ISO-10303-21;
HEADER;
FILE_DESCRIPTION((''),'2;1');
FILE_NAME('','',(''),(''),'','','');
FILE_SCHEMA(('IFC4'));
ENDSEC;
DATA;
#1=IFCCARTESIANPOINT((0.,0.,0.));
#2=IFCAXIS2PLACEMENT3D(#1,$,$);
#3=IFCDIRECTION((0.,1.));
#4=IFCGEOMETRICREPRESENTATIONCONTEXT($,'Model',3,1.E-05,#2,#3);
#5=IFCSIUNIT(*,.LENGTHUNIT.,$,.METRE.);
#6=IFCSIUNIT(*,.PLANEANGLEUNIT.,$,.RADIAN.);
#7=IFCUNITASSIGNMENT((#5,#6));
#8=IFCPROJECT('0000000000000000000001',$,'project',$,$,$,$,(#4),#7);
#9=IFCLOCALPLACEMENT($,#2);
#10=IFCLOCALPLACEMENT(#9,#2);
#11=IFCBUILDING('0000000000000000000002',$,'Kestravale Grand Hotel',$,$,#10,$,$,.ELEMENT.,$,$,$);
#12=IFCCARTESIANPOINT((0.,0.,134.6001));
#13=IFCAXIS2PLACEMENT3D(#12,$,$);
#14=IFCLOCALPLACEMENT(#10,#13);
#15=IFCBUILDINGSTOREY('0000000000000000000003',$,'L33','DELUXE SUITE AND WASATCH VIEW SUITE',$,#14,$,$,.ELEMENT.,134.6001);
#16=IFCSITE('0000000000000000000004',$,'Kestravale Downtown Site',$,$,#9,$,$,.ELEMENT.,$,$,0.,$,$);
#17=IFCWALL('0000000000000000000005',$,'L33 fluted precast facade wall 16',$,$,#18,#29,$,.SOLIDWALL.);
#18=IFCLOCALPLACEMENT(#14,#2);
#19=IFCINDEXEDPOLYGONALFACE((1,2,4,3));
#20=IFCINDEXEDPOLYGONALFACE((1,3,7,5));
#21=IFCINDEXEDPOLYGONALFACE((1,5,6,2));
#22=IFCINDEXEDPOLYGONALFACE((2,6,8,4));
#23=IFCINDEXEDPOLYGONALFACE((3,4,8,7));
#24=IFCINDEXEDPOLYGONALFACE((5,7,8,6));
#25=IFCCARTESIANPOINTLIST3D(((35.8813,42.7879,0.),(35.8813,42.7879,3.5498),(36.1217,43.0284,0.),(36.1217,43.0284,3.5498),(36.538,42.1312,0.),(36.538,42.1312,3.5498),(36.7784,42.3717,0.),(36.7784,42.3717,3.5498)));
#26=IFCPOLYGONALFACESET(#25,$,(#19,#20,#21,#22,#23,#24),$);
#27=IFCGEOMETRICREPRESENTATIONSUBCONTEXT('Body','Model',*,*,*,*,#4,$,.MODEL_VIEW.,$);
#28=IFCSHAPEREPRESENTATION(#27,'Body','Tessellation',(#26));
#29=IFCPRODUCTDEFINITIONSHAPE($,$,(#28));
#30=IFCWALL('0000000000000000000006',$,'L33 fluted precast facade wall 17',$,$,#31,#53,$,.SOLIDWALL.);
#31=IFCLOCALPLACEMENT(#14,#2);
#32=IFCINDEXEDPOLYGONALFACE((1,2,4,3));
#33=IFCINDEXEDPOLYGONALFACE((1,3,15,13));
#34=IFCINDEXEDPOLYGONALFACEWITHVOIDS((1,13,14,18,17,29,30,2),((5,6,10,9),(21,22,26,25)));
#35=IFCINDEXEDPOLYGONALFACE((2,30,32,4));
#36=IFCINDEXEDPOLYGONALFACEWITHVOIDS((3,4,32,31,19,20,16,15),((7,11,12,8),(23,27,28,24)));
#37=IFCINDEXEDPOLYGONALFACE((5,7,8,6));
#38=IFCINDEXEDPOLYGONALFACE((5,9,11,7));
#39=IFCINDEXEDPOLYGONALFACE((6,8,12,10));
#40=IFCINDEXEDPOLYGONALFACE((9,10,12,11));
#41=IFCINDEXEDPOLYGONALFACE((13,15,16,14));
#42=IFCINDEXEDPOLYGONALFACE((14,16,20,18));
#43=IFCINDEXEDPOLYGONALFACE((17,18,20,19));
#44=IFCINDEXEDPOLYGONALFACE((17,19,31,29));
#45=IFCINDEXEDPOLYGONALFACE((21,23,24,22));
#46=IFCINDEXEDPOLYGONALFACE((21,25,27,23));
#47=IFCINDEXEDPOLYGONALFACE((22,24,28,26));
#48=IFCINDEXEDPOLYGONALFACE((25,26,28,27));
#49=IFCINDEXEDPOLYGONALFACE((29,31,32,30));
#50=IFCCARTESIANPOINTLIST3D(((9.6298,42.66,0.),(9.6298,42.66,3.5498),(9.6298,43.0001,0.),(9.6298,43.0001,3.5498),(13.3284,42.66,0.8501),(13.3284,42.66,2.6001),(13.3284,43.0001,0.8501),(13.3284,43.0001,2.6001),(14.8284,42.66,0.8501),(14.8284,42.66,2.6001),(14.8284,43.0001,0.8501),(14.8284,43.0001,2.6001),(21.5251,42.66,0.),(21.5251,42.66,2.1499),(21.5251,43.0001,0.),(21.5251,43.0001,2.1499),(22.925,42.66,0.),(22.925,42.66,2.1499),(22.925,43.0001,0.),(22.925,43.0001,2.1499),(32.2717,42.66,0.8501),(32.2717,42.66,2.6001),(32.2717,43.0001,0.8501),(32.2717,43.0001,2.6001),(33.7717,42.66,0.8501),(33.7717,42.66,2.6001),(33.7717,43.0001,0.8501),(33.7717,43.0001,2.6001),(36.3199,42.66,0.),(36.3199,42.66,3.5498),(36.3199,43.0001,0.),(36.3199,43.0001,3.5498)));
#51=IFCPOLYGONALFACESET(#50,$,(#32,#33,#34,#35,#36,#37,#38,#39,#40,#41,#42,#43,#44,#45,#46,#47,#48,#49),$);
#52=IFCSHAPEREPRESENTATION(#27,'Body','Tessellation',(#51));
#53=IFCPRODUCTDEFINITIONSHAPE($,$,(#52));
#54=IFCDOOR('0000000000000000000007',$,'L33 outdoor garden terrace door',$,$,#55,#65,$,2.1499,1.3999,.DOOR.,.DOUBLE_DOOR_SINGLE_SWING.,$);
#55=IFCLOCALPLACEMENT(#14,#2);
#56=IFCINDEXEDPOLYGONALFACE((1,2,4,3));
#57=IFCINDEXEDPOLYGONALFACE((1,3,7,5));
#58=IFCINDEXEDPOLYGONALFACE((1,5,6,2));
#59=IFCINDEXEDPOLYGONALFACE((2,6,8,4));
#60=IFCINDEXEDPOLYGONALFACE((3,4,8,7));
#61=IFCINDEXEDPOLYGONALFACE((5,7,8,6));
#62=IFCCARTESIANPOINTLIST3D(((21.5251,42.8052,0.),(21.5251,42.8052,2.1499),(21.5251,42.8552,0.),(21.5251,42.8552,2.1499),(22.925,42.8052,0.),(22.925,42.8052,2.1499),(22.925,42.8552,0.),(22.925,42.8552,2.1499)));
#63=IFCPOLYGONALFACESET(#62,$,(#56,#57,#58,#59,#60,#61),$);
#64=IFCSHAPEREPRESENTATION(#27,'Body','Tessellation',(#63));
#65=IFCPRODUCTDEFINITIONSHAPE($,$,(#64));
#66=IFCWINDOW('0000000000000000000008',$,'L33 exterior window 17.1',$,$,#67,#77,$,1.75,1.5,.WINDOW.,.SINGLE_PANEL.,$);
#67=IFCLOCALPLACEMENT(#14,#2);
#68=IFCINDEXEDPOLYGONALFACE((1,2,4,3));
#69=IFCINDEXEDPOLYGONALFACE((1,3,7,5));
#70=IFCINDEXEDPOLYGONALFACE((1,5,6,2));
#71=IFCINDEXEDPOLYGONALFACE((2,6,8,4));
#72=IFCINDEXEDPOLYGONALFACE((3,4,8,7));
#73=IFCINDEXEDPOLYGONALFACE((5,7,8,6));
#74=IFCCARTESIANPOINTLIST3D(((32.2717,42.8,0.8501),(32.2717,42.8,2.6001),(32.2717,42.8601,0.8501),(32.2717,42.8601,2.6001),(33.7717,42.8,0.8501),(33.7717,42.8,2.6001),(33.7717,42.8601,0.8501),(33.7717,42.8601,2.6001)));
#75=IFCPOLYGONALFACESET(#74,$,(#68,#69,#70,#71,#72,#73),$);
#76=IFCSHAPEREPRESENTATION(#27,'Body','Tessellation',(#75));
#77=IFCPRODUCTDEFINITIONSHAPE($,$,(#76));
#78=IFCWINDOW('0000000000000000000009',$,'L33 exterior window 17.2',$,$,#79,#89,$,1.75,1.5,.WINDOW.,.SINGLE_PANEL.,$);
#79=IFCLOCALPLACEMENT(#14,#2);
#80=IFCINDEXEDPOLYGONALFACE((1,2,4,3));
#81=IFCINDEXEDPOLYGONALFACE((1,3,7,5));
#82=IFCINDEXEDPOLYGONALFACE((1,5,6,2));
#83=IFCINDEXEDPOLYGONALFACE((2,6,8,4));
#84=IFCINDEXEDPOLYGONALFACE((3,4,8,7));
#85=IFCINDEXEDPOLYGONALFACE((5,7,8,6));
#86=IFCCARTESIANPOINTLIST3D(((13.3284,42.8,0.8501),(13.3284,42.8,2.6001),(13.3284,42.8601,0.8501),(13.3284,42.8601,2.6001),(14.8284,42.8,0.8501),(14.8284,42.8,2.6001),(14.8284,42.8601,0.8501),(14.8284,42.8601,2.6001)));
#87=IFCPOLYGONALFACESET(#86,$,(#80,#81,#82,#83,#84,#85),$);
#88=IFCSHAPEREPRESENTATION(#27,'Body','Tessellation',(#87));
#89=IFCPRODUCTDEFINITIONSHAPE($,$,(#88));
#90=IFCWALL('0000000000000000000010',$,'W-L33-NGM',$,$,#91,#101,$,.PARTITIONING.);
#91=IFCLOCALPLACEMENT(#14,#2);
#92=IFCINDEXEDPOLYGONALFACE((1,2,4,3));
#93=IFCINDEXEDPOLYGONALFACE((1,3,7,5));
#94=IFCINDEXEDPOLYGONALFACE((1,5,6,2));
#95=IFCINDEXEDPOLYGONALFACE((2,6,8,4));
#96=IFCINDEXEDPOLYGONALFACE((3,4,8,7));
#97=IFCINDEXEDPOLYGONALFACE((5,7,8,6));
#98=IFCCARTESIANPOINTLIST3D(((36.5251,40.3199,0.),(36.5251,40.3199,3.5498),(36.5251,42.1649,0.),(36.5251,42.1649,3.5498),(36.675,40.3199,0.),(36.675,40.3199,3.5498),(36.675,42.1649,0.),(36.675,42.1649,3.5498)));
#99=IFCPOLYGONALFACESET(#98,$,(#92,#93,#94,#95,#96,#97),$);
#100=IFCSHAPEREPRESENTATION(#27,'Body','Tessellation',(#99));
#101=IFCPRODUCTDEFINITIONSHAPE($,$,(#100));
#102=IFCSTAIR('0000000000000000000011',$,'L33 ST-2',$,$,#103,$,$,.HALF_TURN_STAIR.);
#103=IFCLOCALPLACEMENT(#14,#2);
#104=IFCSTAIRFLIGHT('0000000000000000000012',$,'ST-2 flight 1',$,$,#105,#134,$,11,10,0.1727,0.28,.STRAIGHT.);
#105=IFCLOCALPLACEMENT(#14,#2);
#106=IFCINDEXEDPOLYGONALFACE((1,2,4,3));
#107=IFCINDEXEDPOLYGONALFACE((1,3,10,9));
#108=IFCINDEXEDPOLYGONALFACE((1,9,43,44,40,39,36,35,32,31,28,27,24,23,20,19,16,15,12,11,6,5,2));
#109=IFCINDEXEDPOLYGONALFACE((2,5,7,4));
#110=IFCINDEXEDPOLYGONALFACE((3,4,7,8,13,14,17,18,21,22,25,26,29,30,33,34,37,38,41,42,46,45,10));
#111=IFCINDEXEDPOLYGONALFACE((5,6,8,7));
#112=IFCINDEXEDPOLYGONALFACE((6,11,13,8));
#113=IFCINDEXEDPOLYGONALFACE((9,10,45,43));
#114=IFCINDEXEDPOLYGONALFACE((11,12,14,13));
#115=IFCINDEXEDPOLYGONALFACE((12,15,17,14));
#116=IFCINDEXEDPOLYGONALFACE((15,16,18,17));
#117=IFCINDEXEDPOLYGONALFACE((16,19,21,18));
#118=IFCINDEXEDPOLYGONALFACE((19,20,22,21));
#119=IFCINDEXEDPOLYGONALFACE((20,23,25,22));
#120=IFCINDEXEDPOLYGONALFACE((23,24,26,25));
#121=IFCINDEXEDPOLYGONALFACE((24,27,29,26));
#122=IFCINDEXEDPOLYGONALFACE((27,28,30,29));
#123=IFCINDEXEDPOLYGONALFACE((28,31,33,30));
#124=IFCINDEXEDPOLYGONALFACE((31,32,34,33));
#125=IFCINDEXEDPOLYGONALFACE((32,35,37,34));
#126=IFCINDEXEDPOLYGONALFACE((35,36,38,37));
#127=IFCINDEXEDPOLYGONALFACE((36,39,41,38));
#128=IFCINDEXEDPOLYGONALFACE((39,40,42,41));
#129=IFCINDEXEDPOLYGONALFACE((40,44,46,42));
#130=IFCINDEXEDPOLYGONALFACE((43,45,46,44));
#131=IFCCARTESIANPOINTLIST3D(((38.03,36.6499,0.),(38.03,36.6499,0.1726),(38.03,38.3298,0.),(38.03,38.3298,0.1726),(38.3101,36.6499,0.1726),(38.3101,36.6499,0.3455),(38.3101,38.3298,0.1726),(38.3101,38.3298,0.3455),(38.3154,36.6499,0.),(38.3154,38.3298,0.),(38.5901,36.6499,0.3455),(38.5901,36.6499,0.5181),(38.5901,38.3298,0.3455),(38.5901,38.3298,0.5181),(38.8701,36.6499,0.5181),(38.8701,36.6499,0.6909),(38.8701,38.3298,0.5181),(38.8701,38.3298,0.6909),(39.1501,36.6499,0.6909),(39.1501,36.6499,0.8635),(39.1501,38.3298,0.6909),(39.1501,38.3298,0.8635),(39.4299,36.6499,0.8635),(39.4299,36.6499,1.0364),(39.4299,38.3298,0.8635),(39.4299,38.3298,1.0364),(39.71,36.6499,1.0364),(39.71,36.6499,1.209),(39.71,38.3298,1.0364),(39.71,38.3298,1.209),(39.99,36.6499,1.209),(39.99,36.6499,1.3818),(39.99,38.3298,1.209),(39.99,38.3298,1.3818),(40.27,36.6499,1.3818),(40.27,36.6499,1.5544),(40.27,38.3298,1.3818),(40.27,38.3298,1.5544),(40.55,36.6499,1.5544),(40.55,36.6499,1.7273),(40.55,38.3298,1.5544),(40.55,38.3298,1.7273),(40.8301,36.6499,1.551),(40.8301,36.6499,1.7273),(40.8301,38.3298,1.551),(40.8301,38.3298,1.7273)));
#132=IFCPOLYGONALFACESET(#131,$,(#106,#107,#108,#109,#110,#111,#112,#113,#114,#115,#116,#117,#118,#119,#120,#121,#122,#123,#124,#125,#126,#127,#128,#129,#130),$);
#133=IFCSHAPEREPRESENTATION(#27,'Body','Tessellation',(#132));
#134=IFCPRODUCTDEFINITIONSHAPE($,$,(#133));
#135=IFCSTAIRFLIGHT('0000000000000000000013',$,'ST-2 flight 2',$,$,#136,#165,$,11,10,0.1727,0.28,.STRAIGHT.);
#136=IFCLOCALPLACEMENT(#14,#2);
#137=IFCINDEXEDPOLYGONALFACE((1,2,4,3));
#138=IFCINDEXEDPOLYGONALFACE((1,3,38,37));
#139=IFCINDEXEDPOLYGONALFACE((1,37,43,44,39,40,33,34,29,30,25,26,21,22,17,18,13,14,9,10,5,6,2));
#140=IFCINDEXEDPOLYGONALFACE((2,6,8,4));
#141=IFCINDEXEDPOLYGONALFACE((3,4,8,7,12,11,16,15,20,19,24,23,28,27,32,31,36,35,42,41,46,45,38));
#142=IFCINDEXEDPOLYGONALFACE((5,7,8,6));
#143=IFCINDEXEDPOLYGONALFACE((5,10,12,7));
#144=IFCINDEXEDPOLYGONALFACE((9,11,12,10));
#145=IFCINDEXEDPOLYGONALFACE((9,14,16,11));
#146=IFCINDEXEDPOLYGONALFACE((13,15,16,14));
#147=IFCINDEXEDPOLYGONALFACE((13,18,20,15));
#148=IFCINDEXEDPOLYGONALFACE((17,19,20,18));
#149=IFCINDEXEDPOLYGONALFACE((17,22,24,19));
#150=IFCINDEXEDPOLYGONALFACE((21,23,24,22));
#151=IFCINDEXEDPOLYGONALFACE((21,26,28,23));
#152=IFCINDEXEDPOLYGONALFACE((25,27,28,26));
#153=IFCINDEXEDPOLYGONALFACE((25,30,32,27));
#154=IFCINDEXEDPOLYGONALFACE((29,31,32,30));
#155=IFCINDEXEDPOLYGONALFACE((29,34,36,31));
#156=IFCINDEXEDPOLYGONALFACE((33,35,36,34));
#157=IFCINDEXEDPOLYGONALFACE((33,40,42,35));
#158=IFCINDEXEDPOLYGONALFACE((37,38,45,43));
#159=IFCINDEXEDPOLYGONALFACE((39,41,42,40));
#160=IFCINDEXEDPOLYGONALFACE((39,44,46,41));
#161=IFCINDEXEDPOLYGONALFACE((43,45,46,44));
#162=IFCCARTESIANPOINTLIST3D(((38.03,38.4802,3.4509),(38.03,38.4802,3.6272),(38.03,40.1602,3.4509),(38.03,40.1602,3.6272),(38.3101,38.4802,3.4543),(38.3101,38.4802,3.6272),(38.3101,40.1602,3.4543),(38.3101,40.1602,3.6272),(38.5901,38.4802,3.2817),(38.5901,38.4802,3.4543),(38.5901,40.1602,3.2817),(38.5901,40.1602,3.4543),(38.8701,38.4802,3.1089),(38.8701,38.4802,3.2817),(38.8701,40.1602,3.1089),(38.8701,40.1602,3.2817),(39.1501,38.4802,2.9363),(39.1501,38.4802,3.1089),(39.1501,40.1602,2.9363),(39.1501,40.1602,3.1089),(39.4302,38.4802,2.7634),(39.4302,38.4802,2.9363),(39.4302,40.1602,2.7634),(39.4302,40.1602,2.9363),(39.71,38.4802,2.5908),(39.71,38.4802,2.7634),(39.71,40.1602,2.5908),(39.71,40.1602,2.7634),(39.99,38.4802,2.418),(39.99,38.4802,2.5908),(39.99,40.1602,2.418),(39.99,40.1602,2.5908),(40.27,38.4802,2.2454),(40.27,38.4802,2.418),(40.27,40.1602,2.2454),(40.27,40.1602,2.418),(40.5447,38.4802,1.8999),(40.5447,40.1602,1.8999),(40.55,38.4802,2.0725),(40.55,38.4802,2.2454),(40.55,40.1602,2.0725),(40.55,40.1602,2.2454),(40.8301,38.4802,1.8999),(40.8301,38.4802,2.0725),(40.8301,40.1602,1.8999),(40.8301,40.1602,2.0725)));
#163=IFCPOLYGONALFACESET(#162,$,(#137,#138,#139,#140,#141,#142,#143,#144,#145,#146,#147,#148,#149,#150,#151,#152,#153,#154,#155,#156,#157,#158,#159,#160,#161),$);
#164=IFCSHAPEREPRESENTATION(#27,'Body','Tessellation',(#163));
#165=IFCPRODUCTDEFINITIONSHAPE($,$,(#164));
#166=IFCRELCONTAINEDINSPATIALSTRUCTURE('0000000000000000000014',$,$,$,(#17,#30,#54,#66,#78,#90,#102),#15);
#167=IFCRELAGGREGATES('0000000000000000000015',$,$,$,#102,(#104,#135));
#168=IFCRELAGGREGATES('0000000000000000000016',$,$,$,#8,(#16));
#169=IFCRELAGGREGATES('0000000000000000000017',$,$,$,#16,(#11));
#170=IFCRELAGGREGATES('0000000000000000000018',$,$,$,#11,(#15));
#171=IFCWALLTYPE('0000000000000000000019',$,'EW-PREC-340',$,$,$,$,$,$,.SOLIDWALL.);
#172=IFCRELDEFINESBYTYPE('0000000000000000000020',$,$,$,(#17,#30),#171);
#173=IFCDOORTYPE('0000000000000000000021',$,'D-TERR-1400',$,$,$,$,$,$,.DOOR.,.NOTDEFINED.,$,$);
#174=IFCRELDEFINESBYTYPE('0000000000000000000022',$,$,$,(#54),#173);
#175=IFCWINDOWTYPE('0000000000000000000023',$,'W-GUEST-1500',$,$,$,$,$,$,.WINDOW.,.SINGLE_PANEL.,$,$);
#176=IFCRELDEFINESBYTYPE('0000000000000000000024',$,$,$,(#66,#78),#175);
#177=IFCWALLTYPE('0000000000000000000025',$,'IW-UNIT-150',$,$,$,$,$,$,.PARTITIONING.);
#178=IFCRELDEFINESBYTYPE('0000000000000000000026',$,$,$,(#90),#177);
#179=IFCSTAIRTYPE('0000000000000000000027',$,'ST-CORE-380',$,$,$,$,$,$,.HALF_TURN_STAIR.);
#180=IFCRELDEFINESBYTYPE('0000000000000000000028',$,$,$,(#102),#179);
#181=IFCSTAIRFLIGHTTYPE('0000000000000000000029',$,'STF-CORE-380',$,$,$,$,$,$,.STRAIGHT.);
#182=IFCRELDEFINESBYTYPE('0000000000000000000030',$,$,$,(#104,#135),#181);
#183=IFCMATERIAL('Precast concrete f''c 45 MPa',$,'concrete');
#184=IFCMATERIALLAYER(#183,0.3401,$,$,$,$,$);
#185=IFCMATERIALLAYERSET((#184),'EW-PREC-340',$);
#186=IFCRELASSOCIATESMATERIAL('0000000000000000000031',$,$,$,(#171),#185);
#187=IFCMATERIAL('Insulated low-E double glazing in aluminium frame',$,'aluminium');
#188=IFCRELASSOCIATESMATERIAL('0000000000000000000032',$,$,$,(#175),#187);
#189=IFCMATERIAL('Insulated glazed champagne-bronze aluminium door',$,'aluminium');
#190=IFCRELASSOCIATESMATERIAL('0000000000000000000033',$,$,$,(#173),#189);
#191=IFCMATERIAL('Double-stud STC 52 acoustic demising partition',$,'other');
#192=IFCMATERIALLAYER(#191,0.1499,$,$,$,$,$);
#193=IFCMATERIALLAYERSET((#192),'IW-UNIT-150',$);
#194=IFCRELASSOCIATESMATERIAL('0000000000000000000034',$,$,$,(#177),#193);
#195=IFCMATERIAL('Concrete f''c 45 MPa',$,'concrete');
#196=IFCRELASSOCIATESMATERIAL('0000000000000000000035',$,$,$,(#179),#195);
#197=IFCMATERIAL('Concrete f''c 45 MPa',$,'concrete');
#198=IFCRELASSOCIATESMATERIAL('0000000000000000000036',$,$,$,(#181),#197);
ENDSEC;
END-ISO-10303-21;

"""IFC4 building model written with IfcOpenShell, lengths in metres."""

from ifc_helpers import new_model, si_unit, direction, frame, frame_2d, origin, place, context, subcontext, project, spatial, polyline, rectangle, outline, extrude, material, layer, layer_set, type_object, element, fill, aggregate, save


model = new_model("IFC4")

# Units and contexts
model_context = context("Model", 3, precision=1e-05, world=origin(), true_north=direction((0.0, 1.0)))
body_context = subcontext(model_context, "Body", "Model", "MODEL_VIEW")
ifc_project = project(units=[si_unit("LENGTHUNIT", "METRE"), si_unit("PLANEANGLEUNIT", "RADIAN")], contexts=[model_context])

# Site, building, storey
site_placement = place(None, origin())
site = spatial("IfcSite", under=ifc_project, at=site_placement, Name="Kestravale Downtown Site", CompositionType="ELEMENT", RefElevation=0.0)
building_placement = place(site_placement, origin())
building = spatial("IfcBuilding", under=site, at=building_placement, Name="Kestravale Grand Hotel", CompositionType="ELEMENT")
storey_placement = place(building_placement, frame((0.0, 0.0, 134.6001)))
storey = spatial("IfcBuildingStorey", under=building, at=storey_placement, Name="L33", Description="DELUXE SUITE AND WASATCH VIEW SUITE", CompositionType="ELEMENT", Elevation=134.6001)

# Shared definitions
ifc_material_1 = material(Name="Precast concrete f'c 45 MPa", Category="concrete")
ifc_layer_1 = layer(ifc_material_1, 0.3401)
ifc_layer_set_1 = layer_set([ifc_layer_1], Name="EW-PREC-340")
wall_type_1 = type_object("IfcWallType", Name="EW-PREC-340", PredefinedType="SOLIDWALL", material=ifc_layer_set_1)

# Shared definitions
ifc_material_2 = material(Name="Insulated low-E double glazing in aluminium frame", Category="aluminium")
window_type = type_object("IfcWindowType", Name="W-GUEST-1500", PartitioningType="SINGLE_PANEL", PredefinedType="WINDOW", material=ifc_material_2)

# Wall
wall_1_placement = place(storey_placement, frame((36.6582, 42.2515, 0.0), z_axis=(0.0, 0.0, 1.0), x_axis=(-0.707107, 0.707107, 0.0)))
element("IfcWall", 1, at=wall_1_placement, inside=storey, type_object=wall_type_1, Name="L33 fluted precast facade wall 16", PredefinedType="SOLIDWALL", context=body_context, shape_type="SweptSolid", body=[
    extrude(rectangle(XDim=0.9287, YDim=0.3401, at=frame_2d((0.4644, 0.0))), origin(), (0.0, 0.0, 1.0), 3.5498),
])

# Wall, openings, door, windows
wall_2_placement = place(storey_placement, frame((36.3201, 42.8301, 0.0), z_axis=(0.0, 0.0, 1.0), x_axis=(-1.0, 0.0, 0.0)))
wall_2 = element("IfcWall", 2, at=wall_2_placement, inside=storey, type_object=wall_type_1, Name="L33 fluted precast facade wall 17", PredefinedType="SOLIDWALL", context=body_context, shape_type="SweptSolid", body=[
    extrude(rectangle(XDim=26.6902, YDim=0.3401, at=frame_2d((13.3452, 0.0))), origin(), (0.0, 0.0, 1.0), 3.5498),
])
opening_1_placement = place(wall_2_placement, frame((13.395, 0.0, 0.0)))
opening_1 = element("IfcOpeningElement", 3, at=opening_1_placement, cuts=wall_2, PredefinedType="OPENING", context=body_context, shape_type="SweptSolid", body=[
    extrude(rectangle(XDim=1.3999, YDim=2.1499, at=frame_2d((0.7, 1.075))), frame((0.0, 0.1799, 0.0), z_axis=(0.0, -1.0, 0.0), x_axis=(1.0, 0.0, 0.0)), (0.0, 0.0, 1.0), 0.3601),
])
opening_2_placement = place(wall_2_placement, frame((2.5483, 0.0, 0.8501)))
opening_2 = element("IfcOpeningElement", 4, at=opening_2_placement, cuts=wall_2, PredefinedType="OPENING", context=body_context, shape_type="SweptSolid", body=[
    extrude(rectangle(XDim=1.5, YDim=1.75, at=frame_2d((0.75, 0.875))), frame((0.0, 0.1799, 0.0), z_axis=(0.0, -1.0, 0.0), x_axis=(1.0, 0.0, 0.0)), (0.0, 0.0, 1.0), 0.3601),
])
opening_3_placement = place(wall_2_placement, frame((21.4917, 0.0, 0.8501)))
opening_3 = element("IfcOpeningElement", 5, at=opening_3_placement, cuts=wall_2, PredefinedType="OPENING", context=body_context, shape_type="SweptSolid", body=[
    extrude(rectangle(XDim=1.5, YDim=1.75, at=frame_2d((0.75, 0.875))), frame((0.0, 0.1799, 0.0), z_axis=(0.0, -1.0, 0.0), x_axis=(1.0, 0.0, 0.0)), (0.0, 0.0, 1.0), 0.3601),
])
ifc_material_3 = material(Name="Insulated glazed champagne-bronze aluminium door", Category="aluminium")
door_type = type_object("IfcDoorType", Name="D-TERR-1400", OperationType="NOTDEFINED", PredefinedType="DOOR", material=ifc_material_3)
door_placement = place(opening_1_placement, origin())
door = element("IfcDoor", 6, at=door_placement, inside=storey, type_object=door_type, Name="L33 outdoor garden terrace door", OperationType="DOUBLE_DOOR_SINGLE_SWING", OverallHeight=2.1499, OverallWidth=1.3999, PredefinedType="DOOR", context=body_context, shape_type="SweptSolid", body=[
    extrude(rectangle(XDim=1.3999, YDim=2.1499, at=frame_2d((0.7, 1.075))), frame((0.0, 0.0249, 0.0), z_axis=(0.0, -1.0, 0.0), x_axis=(1.0, 0.0, 0.0)), (0.0, 0.0, 1.0), 0.05),
])
fill(opening_1, door)
window_1_placement = place(opening_2_placement, origin())
window_1 = element("IfcWindow", 7, at=window_1_placement, inside=storey, type_object=window_type, Name="L33 exterior window 17.1", OverallHeight=1.75, OverallWidth=1.5, PartitioningType="SINGLE_PANEL", PredefinedType="WINDOW", context=body_context, shape_type="SweptSolid", body=[
    extrude(rectangle(XDim=1.5, YDim=1.75, at=frame_2d((0.75, 0.875))), frame((0.0, 0.03, 0.0), z_axis=(0.0, -1.0, 0.0), x_axis=(1.0, 0.0, 0.0)), (0.0, 0.0, 1.0), 0.0601),
])
fill(opening_2, window_1)
window_2_placement = place(opening_3_placement, origin())
window_2 = element("IfcWindow", 8, at=window_2_placement, inside=storey, type_object=window_type, Name="L33 exterior window 17.2", OverallHeight=1.75, OverallWidth=1.5, PartitioningType="SINGLE_PANEL", PredefinedType="WINDOW", context=body_context, shape_type="SweptSolid", body=[
    extrude(rectangle(XDim=1.5, YDim=1.75, at=frame_2d((0.75, 0.875))), frame((0.0, 0.03, 0.0), z_axis=(0.0, -1.0, 0.0), x_axis=(1.0, 0.0, 0.0)), (0.0, 0.0, 1.0), 0.0601),
])
fill(opening_3, window_2)

# Wall
ifc_material_4 = material(Name="Double-stud STC 52 acoustic demising partition", Category="other")
ifc_layer_2 = layer(ifc_material_4, 0.1499)
ifc_layer_set_2 = layer_set([ifc_layer_2], Name="IW-UNIT-150")
wall_type_2 = type_object("IfcWallType", Name="IW-UNIT-150", PredefinedType="PARTITIONING", material=ifc_layer_set_2)
wall_3_placement = place(storey_placement, frame((36.6001, 40.3201, 0.0), z_axis=(0.0, 0.0, 1.0), x_axis=(0.0, 1.0, 0.0)))
element("IfcWall", 9, at=wall_3_placement, inside=storey, type_object=wall_type_2, Name="W-L33-NGM", PredefinedType="PARTITIONING", context=body_context, shape_type="SweptSolid", body=[
    extrude(rectangle(XDim=1.845, YDim=0.1499, at=frame_2d((0.9224, 0.0))), origin(), (0.0, 0.0, 1.0), 3.5498),
])

# Stair, stair flights
ifc_material_5 = material(Name="Concrete f'c 45 MPa", Category="concrete")
stair_type = type_object("IfcStairType", Name="ST-CORE-380", PredefinedType="HALF_TURN_STAIR", material=ifc_material_5)
stair_placement = place(storey_placement, origin())
stair = element("IfcStair", 10, at=stair_placement, inside=storey, type_object=stair_type, Name="L33 ST-2", PredefinedType="HALF_TURN_STAIR")
ifc_material_6 = material(Name="Concrete f'c 45 MPa", Category="concrete")
stair_flight_type = type_object("IfcStairFlightType", Name="STF-CORE-380", PredefinedType="STRAIGHT", material=ifc_material_6)
stair_flight_1_placement = place(storey_placement, frame((38.03, 37.49, 0.0), z_axis=(0.0, 0.0, 1.0), x_axis=(1.0, 0.0, 0.0)))
stair_flight_1 = element("IfcStairFlight", 11, at=stair_flight_1_placement, type_object=stair_flight_type, Name="ST-2 flight 1", NumberOfRisers=11, NumberOfTreads=10, PredefinedType="STRAIGHT", RiserHeight=0.1727, TreadLength=0.28, context=body_context, shape_type="SweptSolid", body=[
    extrude(outline(polyline([(0.0, 0.0), (0.0, 0.1726), (0.28, 0.1726), (0.28, 0.3455), (0.5601, 0.3455), (0.5601, 0.5181), (0.8401, 0.5181), (0.8401, 0.6909), (1.1201, 0.6909), (1.1201, 0.8635), (1.3999, 0.8635), (1.3999, 1.0364), (1.6799, 1.0364), (1.6799, 1.209), (1.96, 1.209), (1.96, 1.3818), (2.24, 1.3818), (2.24, 1.5544), (2.52, 1.5544), (2.52, 1.7273), (2.8, 1.7273), (2.8, 1.8999), (2.8, 1.551), (0.2854, 0.0), (0.0, 0.0)])), frame((0.0, 0.8398, 0.0), z_axis=(0.0, -1.0, 0.0), x_axis=(1.0, 0.0, 0.0)), (0.0, 0.0, 1.0), 1.6799),
])
stair_flight_2_placement = place(storey_placement, frame((40.8301, 39.3201, 1.8999), z_axis=(0.0, 0.0, 1.0), x_axis=(-1.0, 0.0, 0.0)))
stair_flight_2 = element("IfcStairFlight", 12, at=stair_flight_2_placement, type_object=stair_flight_type, Name="ST-2 flight 2", NumberOfRisers=11, NumberOfTreads=10, PredefinedType="STRAIGHT", RiserHeight=0.1727, TreadLength=0.28, context=body_context, shape_type="SweptSolid", body=[
    extrude(outline(polyline([(0.0, 0.0), (0.0, 0.1726), (0.28, 0.1726), (0.28, 0.3455), (0.5601, 0.3455), (0.5601, 0.5181), (0.8401, 0.5181), (0.8401, 0.6909), (1.1201, 0.6909), (1.1201, 0.8635), (1.3999, 0.8635), (1.3999, 1.0364), (1.6799, 1.0364), (1.6799, 1.209), (1.96, 1.209), (1.96, 1.3818), (2.24, 1.3818), (2.24, 1.5544), (2.52, 1.5544), (2.52, 1.7273), (2.8, 1.7273), (2.8, 1.8999), (2.8, 1.551), (0.2854, 0.0), (0.0, 0.0)])), frame((0.0, 0.8398, 0.0), z_axis=(0.0, -1.0, 0.0), x_axis=(1.0, 0.0, 0.0)), (0.0, 0.0, 1.0), 1.6799),
])
aggregate(stair, [stair_flight_1, stair_flight_2])

save(model, "model.ifc")
